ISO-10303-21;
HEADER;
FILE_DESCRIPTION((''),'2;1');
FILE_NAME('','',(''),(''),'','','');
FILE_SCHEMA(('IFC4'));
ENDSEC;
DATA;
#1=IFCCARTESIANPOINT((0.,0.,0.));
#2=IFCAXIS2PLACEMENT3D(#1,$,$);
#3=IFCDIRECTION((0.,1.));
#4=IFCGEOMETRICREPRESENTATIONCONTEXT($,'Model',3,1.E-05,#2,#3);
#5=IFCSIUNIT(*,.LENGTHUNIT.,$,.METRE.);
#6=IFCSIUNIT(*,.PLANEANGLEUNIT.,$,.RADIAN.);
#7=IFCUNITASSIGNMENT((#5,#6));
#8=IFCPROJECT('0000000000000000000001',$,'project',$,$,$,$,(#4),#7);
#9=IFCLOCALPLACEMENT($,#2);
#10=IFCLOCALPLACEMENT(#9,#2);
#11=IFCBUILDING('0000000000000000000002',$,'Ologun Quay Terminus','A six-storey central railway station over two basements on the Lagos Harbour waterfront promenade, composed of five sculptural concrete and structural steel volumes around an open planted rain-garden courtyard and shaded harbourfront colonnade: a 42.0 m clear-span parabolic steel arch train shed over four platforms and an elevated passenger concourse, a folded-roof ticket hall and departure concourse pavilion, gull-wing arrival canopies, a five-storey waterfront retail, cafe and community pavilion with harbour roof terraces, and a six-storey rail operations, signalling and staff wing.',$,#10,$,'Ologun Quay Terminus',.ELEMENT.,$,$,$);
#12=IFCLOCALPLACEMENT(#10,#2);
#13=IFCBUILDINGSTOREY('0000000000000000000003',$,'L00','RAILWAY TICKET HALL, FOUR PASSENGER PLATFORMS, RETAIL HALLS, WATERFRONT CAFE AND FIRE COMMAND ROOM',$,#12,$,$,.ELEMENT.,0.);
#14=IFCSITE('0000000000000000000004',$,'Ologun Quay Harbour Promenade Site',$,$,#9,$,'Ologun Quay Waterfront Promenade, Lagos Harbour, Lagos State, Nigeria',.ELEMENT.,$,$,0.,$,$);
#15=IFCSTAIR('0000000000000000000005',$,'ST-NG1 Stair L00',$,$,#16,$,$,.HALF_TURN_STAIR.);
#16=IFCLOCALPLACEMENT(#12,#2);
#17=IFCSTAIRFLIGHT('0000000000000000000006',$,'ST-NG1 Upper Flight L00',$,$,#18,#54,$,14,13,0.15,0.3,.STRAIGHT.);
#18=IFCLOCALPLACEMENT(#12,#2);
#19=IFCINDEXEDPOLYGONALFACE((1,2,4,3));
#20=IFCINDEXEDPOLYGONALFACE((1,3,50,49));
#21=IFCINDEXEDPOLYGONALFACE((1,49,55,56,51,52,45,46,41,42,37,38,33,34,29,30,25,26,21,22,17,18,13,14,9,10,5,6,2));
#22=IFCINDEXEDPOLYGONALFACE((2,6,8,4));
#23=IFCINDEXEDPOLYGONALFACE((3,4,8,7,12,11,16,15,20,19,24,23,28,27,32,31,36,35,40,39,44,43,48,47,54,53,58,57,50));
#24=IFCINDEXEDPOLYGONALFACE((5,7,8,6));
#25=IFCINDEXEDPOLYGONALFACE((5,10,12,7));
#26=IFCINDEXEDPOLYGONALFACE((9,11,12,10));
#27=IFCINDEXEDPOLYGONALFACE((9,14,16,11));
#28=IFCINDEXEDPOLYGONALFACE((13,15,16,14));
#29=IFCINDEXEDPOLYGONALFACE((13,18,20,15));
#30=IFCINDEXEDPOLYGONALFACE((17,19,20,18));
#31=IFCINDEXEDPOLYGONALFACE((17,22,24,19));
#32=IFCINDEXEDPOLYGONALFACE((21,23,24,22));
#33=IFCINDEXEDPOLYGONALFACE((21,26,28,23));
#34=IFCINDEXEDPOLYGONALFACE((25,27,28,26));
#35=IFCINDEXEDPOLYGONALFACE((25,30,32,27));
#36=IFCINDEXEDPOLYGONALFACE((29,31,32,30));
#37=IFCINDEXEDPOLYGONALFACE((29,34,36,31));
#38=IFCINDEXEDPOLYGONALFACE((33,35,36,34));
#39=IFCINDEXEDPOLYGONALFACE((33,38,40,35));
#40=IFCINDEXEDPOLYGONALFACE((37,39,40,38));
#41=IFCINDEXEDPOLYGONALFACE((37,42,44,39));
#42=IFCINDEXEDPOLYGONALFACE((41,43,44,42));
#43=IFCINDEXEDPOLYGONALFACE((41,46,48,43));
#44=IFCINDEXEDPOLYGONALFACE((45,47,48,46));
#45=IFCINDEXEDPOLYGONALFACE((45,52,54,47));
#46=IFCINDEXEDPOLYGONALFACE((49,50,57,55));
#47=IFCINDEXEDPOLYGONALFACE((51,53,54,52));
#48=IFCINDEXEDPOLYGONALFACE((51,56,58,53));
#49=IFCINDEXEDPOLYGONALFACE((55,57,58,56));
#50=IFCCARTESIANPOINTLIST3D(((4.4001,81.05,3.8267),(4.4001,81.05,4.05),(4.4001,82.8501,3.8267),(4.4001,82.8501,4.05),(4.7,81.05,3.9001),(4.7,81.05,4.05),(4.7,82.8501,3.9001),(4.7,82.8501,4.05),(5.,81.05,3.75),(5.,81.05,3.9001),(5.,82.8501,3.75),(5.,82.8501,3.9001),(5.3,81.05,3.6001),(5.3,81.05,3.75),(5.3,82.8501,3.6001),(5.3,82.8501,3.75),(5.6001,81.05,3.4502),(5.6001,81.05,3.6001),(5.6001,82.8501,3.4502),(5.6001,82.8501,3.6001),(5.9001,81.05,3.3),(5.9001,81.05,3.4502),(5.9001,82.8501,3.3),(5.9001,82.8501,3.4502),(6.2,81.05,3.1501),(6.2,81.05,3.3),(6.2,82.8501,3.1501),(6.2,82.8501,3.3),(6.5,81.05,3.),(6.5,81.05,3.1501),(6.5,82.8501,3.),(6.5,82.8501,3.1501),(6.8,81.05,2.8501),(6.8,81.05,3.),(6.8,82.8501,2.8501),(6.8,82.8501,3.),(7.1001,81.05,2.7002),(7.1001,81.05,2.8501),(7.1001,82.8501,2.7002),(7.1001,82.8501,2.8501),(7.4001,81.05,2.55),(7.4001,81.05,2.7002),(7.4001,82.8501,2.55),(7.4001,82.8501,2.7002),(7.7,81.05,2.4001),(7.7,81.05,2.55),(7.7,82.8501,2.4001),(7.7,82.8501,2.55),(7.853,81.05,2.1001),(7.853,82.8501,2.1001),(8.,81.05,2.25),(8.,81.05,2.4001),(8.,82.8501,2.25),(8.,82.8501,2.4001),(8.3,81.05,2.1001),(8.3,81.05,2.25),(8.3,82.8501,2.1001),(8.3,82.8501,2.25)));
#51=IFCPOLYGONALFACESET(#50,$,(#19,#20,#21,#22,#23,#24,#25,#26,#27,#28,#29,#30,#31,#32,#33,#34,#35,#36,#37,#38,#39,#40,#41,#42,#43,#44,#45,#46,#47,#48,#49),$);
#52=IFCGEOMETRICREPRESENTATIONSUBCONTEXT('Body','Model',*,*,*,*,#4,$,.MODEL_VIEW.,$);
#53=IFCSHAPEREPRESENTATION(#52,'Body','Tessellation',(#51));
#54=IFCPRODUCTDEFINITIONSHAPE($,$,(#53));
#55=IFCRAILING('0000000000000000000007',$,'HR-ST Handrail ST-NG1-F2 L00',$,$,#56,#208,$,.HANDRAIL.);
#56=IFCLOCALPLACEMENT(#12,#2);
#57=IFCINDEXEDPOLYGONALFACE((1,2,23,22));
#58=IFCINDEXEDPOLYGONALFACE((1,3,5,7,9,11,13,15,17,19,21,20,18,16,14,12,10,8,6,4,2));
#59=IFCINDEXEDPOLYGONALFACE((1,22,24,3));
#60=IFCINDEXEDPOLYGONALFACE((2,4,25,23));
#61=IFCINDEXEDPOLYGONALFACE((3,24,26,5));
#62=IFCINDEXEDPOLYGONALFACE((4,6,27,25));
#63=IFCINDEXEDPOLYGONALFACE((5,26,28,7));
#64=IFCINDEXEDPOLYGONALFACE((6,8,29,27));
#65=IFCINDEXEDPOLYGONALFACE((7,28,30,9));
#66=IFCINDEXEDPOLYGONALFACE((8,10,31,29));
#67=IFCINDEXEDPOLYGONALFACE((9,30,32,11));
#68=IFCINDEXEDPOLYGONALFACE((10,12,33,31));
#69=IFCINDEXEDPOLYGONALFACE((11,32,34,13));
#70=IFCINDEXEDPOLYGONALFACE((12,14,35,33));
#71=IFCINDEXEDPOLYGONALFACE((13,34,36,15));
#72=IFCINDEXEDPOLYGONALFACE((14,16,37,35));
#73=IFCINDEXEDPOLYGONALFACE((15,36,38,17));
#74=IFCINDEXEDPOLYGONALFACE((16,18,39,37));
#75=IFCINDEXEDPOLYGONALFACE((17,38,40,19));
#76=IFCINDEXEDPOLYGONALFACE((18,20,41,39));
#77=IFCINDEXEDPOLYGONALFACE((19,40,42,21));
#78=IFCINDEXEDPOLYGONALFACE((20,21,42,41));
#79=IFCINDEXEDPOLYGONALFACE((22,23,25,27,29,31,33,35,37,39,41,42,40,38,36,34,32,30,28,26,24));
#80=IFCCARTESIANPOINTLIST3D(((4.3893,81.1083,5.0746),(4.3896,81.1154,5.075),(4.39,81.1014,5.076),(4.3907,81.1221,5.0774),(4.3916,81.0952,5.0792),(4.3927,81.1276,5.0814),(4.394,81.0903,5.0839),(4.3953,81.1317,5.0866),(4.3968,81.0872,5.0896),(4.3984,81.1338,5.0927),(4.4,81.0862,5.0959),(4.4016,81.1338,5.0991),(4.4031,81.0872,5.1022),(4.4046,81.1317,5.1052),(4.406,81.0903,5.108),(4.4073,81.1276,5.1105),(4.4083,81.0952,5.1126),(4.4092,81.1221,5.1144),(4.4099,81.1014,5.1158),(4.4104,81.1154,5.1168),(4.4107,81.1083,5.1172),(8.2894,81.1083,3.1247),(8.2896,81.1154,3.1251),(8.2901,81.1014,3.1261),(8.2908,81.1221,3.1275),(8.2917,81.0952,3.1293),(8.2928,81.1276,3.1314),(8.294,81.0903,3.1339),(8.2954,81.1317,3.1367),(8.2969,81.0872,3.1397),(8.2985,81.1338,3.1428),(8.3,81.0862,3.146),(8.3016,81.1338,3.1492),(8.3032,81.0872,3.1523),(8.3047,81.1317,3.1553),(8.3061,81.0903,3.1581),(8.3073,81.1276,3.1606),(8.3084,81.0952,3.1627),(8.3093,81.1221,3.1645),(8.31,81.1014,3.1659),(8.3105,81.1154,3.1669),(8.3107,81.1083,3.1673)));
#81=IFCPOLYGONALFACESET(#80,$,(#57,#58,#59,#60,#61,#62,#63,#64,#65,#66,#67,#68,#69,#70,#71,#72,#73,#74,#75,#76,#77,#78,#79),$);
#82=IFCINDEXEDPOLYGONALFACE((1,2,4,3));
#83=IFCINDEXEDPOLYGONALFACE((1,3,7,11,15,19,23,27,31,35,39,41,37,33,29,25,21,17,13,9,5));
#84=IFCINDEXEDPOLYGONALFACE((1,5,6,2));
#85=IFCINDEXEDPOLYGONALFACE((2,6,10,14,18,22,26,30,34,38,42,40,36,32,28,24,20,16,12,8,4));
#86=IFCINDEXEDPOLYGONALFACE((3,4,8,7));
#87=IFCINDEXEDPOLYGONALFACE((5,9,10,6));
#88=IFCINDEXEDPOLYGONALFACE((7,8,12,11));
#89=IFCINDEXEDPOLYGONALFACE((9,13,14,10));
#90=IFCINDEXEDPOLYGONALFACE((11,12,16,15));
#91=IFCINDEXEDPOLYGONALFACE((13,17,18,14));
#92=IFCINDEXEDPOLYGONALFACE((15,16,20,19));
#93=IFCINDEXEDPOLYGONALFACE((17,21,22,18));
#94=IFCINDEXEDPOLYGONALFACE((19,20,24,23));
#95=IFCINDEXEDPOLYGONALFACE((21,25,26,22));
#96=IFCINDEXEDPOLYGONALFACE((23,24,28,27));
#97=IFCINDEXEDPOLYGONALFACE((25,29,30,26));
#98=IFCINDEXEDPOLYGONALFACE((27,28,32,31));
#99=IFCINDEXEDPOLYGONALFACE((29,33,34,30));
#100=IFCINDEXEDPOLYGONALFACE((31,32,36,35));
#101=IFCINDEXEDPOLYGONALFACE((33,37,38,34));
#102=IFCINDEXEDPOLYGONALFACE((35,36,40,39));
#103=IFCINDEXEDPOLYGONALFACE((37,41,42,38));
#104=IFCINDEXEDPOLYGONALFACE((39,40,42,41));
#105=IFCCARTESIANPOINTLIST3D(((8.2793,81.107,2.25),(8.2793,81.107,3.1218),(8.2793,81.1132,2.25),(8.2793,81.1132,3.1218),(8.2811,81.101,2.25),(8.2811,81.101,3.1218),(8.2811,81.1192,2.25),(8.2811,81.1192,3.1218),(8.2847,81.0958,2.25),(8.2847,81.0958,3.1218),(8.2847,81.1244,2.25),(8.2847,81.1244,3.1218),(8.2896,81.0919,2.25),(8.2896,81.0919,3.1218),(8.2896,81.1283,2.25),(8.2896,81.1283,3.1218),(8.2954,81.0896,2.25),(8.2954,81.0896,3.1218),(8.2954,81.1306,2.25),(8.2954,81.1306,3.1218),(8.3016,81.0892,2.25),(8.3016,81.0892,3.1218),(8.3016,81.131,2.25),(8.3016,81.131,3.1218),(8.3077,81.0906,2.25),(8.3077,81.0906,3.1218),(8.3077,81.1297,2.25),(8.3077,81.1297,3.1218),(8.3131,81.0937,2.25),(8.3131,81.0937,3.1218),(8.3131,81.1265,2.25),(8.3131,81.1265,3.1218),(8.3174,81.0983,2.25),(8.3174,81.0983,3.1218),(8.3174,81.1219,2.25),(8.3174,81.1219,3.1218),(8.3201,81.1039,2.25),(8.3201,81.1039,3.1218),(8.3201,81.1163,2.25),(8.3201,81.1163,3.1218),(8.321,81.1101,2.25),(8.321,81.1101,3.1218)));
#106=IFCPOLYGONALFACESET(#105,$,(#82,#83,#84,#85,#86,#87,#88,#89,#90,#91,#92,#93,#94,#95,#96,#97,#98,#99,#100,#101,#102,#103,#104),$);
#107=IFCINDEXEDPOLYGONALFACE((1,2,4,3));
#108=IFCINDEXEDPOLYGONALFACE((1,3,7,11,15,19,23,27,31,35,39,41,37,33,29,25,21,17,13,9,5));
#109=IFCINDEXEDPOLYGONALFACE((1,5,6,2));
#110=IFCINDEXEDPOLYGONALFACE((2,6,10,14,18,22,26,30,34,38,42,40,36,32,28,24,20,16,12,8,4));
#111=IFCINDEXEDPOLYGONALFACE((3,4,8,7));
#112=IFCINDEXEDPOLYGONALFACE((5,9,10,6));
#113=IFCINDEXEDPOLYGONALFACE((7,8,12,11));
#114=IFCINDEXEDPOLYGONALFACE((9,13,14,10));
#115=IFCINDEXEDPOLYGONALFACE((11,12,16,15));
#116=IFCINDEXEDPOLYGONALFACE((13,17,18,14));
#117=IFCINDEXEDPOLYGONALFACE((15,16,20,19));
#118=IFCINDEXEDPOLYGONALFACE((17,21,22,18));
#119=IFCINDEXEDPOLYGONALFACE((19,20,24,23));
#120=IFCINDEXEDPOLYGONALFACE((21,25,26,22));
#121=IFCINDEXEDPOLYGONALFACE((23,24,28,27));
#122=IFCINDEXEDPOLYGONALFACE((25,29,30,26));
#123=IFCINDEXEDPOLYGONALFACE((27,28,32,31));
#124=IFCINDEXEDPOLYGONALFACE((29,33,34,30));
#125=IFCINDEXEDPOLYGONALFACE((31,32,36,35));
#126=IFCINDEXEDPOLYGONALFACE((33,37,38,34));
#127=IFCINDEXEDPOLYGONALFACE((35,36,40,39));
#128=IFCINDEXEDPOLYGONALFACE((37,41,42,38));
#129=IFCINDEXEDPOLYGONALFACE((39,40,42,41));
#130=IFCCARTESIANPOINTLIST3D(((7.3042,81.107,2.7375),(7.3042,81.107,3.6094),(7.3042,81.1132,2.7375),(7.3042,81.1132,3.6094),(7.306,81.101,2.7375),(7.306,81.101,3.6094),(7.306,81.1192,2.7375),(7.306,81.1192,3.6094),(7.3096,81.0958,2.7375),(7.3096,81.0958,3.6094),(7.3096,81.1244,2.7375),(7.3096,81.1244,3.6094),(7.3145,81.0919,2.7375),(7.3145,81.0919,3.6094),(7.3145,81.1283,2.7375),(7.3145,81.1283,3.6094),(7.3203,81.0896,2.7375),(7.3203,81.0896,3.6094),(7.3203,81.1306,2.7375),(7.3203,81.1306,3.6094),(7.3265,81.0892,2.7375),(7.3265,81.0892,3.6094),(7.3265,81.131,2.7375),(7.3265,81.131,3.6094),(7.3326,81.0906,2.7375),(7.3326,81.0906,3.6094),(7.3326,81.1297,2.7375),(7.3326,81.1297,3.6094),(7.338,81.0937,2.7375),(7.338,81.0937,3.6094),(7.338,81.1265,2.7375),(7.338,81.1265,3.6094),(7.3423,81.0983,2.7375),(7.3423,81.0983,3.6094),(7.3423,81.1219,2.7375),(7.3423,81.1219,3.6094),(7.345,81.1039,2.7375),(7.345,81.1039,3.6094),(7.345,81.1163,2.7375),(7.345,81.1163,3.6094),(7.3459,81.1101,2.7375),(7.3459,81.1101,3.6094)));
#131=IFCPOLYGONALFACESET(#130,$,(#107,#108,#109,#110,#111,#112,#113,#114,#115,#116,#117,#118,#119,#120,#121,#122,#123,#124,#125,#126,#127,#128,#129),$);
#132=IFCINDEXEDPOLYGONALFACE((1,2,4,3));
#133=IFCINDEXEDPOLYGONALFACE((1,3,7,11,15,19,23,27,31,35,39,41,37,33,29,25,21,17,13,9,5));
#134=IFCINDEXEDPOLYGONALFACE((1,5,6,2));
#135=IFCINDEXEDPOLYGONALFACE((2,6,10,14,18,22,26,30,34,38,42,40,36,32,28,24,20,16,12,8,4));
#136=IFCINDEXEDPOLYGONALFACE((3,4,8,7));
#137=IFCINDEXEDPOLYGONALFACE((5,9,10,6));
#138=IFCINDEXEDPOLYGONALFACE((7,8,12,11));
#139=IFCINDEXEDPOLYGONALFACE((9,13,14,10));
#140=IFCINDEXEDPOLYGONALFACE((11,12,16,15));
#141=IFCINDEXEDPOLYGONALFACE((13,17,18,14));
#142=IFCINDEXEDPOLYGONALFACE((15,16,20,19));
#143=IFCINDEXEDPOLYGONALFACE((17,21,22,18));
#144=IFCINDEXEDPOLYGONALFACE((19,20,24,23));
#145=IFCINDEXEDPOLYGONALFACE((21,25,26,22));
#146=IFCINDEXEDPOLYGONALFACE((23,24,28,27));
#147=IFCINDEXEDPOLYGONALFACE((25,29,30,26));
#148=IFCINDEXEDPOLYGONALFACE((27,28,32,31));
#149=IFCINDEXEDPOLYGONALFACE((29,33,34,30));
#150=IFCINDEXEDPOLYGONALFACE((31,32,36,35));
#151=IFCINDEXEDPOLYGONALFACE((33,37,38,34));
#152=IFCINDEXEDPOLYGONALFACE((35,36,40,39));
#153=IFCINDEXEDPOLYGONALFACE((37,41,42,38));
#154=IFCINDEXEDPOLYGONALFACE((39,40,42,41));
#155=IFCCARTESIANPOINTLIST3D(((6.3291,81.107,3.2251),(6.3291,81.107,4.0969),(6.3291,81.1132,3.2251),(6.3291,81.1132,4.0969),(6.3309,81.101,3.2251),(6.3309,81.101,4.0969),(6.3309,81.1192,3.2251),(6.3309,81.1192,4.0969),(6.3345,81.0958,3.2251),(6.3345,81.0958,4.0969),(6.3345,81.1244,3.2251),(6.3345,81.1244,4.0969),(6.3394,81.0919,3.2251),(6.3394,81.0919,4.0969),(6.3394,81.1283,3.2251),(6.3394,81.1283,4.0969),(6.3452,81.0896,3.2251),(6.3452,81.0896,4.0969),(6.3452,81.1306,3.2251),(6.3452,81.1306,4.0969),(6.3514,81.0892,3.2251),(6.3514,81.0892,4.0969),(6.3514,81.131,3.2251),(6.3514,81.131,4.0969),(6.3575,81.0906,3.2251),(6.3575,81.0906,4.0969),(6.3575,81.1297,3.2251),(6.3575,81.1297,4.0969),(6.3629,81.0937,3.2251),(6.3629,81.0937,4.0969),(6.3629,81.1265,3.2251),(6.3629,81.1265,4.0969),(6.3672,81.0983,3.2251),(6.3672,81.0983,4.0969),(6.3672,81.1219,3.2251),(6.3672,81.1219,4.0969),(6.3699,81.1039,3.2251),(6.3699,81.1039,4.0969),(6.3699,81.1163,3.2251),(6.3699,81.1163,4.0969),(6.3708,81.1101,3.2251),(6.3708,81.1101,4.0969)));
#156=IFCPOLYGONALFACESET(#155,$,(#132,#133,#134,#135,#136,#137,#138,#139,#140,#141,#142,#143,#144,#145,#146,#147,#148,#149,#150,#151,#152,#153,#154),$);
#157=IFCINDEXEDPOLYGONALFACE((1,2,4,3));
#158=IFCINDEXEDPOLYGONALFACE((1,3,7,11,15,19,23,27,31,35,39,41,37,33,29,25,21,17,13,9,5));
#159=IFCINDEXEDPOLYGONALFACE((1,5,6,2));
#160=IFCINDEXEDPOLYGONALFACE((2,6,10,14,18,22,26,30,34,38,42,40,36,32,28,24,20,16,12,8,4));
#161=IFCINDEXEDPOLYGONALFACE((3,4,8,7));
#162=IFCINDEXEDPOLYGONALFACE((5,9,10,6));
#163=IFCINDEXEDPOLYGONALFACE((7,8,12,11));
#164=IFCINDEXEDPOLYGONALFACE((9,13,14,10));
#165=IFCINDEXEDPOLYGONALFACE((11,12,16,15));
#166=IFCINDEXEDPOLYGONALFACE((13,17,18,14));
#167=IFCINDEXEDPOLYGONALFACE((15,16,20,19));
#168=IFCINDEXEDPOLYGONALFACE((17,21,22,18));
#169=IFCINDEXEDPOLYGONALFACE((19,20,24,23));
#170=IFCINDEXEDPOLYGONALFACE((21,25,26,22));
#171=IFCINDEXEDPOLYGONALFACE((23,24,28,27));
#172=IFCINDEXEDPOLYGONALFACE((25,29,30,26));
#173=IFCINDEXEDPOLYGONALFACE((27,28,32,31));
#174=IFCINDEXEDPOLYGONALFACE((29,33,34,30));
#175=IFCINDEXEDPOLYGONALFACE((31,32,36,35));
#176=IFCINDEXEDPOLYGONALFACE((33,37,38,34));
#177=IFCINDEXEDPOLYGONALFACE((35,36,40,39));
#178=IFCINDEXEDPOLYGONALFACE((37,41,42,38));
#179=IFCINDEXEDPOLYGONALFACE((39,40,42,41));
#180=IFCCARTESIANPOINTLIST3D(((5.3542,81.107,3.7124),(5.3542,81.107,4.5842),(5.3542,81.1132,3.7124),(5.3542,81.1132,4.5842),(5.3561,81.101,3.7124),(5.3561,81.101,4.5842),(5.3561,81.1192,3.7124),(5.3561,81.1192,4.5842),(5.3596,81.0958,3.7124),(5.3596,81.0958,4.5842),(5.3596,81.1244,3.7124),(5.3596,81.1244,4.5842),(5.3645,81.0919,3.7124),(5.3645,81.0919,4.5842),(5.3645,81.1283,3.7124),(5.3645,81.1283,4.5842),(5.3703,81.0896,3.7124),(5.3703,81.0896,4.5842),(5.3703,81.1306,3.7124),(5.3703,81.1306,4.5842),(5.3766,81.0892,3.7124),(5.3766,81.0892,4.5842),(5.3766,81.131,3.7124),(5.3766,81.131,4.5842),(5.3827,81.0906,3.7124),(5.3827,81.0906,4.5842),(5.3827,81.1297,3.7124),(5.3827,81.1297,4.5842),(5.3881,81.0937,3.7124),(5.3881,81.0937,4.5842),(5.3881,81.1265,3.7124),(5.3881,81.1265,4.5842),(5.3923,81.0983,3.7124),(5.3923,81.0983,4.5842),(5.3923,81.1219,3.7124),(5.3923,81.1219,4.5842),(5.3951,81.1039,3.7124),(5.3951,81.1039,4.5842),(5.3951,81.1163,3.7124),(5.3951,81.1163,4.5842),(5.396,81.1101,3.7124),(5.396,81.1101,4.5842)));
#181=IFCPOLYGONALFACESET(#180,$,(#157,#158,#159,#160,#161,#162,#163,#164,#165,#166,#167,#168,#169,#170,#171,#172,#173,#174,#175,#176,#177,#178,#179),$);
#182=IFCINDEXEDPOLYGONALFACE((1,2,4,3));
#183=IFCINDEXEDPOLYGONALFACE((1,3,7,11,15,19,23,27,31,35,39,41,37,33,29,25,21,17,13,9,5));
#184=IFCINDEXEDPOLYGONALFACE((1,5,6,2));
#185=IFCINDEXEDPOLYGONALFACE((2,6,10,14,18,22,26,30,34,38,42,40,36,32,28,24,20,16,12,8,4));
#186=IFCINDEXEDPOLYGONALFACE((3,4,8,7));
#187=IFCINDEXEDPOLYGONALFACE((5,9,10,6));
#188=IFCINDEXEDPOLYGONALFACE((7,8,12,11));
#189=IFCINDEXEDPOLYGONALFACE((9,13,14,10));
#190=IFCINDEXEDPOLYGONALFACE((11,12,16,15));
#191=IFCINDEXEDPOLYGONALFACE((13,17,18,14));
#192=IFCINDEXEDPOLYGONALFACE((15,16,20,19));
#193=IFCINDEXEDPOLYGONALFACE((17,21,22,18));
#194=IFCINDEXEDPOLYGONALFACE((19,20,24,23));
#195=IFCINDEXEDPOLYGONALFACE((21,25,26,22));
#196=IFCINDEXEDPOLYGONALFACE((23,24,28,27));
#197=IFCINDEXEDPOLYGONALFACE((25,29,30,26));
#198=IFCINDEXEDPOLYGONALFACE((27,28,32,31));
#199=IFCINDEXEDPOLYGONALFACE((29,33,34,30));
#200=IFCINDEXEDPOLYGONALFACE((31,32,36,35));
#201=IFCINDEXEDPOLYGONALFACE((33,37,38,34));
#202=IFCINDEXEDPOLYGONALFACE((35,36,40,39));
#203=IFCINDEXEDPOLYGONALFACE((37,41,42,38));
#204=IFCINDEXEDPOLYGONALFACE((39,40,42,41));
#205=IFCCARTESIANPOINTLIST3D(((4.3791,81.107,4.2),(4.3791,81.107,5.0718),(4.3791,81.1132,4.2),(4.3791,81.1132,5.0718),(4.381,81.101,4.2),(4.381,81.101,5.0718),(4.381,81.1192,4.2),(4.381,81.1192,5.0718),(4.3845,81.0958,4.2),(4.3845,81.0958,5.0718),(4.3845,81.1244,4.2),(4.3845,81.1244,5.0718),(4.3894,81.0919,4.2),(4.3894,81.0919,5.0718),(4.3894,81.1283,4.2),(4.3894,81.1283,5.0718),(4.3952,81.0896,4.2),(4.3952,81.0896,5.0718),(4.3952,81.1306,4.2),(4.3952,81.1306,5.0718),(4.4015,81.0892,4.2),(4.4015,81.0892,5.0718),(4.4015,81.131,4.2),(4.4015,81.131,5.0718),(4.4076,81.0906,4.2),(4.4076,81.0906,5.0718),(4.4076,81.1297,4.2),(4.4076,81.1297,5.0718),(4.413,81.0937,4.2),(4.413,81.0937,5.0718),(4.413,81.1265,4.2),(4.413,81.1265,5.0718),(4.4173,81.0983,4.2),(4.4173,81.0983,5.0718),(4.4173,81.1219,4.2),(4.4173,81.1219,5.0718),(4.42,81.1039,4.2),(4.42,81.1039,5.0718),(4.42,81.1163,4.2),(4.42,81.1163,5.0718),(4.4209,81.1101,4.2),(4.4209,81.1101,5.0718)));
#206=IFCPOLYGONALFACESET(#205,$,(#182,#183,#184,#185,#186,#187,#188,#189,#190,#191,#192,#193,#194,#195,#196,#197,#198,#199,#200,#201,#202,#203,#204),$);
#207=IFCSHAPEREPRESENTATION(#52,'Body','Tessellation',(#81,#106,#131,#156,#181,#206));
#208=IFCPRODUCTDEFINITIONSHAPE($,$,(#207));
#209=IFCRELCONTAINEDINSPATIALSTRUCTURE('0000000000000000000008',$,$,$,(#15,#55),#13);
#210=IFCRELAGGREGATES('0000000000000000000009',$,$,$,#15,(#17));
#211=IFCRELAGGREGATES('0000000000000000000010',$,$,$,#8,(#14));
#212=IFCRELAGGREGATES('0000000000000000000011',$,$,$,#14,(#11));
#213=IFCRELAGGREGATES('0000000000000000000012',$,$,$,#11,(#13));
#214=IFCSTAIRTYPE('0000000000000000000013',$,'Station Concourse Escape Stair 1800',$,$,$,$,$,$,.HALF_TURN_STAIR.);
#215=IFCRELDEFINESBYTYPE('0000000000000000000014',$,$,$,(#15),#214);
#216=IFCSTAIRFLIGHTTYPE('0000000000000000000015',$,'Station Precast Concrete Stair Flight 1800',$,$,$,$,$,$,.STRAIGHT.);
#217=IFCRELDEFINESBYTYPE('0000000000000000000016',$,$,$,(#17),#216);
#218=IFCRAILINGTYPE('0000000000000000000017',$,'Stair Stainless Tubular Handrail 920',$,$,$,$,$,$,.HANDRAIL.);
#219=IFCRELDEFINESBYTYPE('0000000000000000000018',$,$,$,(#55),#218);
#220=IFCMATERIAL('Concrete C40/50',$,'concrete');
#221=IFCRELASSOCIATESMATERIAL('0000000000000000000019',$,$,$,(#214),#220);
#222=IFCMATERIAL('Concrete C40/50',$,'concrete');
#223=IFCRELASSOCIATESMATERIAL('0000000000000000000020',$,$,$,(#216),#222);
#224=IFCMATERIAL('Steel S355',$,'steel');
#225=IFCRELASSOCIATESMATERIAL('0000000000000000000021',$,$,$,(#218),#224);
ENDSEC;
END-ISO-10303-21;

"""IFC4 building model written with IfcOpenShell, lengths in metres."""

from ifc_helpers import new_model, si_unit, direction, frame, origin, origin_2d, place, context, subcontext, project, spatial, polyline, circle, outline, extrude, material, type_object, element, aggregate, save


model = new_model("IFC4")

# Units and contexts
model_context = context("Model", 3, precision=1e-05, world=origin(), true_north=direction((0.0, 1.0)))
body_context = subcontext(model_context, "Body", "Model", "MODEL_VIEW")
ifc_project = project(units=[si_unit("LENGTHUNIT", "METRE"), si_unit("PLANEANGLEUNIT", "RADIAN")], contexts=[model_context])

# Site, building, storey
site_placement = place(None, origin())
site = spatial("IfcSite", under=ifc_project, at=site_placement, Name="Ologun Quay Harbour Promenade Site", LongName="Ologun Quay Waterfront Promenade, Lagos Harbour, Lagos State, Nigeria", CompositionType="ELEMENT", RefElevation=0.0)
building_placement = place(site_placement, origin())
building = spatial("IfcBuilding", under=site, at=building_placement, Name="Ologun Quay Terminus", Description="A six-storey central railway station over two basements on the Lagos Harbour waterfront promenade, composed of five sculptural concrete and structural steel volumes around an open planted rain-garden courtyard and shaded harbourfront colonnade: a 42.0 m clear-span parabolic steel arch train shed over four platforms and an elevated passenger concourse, a folded-roof ticket hall and departure concourse pavilion, gull-wing arrival canopies, a five-storey waterfront retail, cafe and community pavilion with harbour roof terraces, and a six-storey rail operations, signalling and staff wing.", LongName="Ologun Quay Terminus", CompositionType="ELEMENT")
storey_placement = place(building_placement, origin())
storey = spatial("IfcBuildingStorey", under=building, at=storey_placement, Name="L00", Description="RAILWAY TICKET HALL, FOUR PASSENGER PLATFORMS, RETAIL HALLS, WATERFRONT CAFE AND FIRE COMMAND ROOM", CompositionType="ELEMENT", Elevation=0.0)

# Stair, stair flight
ifc_material_1 = material(Name="Concrete C40/50", Category="concrete")
stair_type = type_object("IfcStairType", Name="Station Concourse Escape Stair 1800", PredefinedType="HALF_TURN_STAIR", material=ifc_material_1)
stair_placement = place(storey_placement, origin())
stair = element("IfcStair", 1, at=stair_placement, inside=storey, type_object=stair_type, Name="ST-NG1 Stair L00", PredefinedType="HALF_TURN_STAIR")
ifc_material_2 = material(Name="Concrete C40/50", Category="concrete")
stair_flight_type = type_object("IfcStairFlightType", Name="Station Precast Concrete Stair Flight 1800", PredefinedType="STRAIGHT", material=ifc_material_2)
stair_flight_placement = place(storey_placement, frame((8.3, 81.95, 2.1001), z_axis=(0.0, 0.0, 1.0), x_axis=(-1.0, 0.0, 0.0)))
stair_flight = element("IfcStairFlight", 2, at=stair_flight_placement, type_object=stair_flight_type, Name="ST-NG1 Upper Flight L00", NumberOfRisers=14, NumberOfTreads=13, PredefinedType="STRAIGHT", RiserHeight=0.15, TreadLength=0.3, context=body_context, shape_type="SweptSolid", body=[
    extrude(outline(polyline([(0.0, 0.0), (0.0, 0.1499), (0.3, 0.1499), (0.3, 0.3), (0.6001, 0.3), (0.6001, 0.45), (0.8999, 0.45), (0.8999, 0.6001), (1.2, 0.6001), (1.2, 0.75), (1.5, 0.75), (1.5, 0.8999), (1.8, 0.8999), (1.8, 1.05), (2.1001, 1.05), (2.1001, 1.2), (2.3999, 1.2), (2.3999, 1.3501), (2.7, 1.3501), (2.7, 1.5), (3.0, 1.5), (3.0, 1.6499), (3.3, 1.6499), (3.3, 1.8), (3.6001, 1.8), (3.6001, 1.95), (3.8999, 1.95), (3.8999, 2.1001), (3.8999, 1.7266), (0.447, 0.0), (0.0, 0.0)])), frame((0.0, 0.8999, 0.0), z_axis=(0.0, -1.0, 0.0), x_axis=(1.0, 0.0, 0.0)), (0.0, 0.0, 1.0), 1.8),
])
aggregate(stair, [stair_flight])

# Railing
ifc_material_3 = material(Name="Steel S355", Category="steel")
railing_type = type_object("IfcRailingType", Name="Stair Stainless Tubular Handrail 920", PredefinedType="HANDRAIL", material=ifc_material_3)
railing_placement = place(storey_placement, frame((8.3, 81.1101, 2.25)))
element("IfcRailing", 3, at=railing_placement, inside=storey, type_object=railing_type, Name="HR-ST Handrail ST-NG1-F2 L00", PredefinedType="HANDRAIL", context=body_context, shape_type="SweptSolid", body=[
    extrude(circle(Radius=0.0239, at=origin_2d()), frame((0.0, 0.0, 0.896), z_axis=(-0.894438, 0.0, 0.447191), x_axis=(0.0, -1.0, 0.0)), (0.0, 0.0, 1.0), 4.3604),
    extrude(circle(Radius=0.021, at=origin_2d()), origin(), (0.0, 0.0, 1.0), 0.8718),
    extrude(circle(Radius=0.021, at=origin_2d()), frame((-0.9751, 0.0, 0.4875)), (0.0, 0.0, 1.0), 0.8718),
    extrude(circle(Radius=0.021, at=origin_2d()), frame((-1.9502, 0.0, 0.9751)), (0.0, 0.0, 1.0), 0.8718),
    extrude(circle(Radius=0.021, at=origin_2d()), frame((-2.925, 0.0, 1.4624)), (0.0, 0.0, 1.0), 0.8718),
    extrude(circle(Radius=0.021, at=origin_2d()), frame((-3.9001, 0.0, 1.95)), (0.0, 0.0, 1.0), 0.8718),
])

save(model, "model.ifc")
